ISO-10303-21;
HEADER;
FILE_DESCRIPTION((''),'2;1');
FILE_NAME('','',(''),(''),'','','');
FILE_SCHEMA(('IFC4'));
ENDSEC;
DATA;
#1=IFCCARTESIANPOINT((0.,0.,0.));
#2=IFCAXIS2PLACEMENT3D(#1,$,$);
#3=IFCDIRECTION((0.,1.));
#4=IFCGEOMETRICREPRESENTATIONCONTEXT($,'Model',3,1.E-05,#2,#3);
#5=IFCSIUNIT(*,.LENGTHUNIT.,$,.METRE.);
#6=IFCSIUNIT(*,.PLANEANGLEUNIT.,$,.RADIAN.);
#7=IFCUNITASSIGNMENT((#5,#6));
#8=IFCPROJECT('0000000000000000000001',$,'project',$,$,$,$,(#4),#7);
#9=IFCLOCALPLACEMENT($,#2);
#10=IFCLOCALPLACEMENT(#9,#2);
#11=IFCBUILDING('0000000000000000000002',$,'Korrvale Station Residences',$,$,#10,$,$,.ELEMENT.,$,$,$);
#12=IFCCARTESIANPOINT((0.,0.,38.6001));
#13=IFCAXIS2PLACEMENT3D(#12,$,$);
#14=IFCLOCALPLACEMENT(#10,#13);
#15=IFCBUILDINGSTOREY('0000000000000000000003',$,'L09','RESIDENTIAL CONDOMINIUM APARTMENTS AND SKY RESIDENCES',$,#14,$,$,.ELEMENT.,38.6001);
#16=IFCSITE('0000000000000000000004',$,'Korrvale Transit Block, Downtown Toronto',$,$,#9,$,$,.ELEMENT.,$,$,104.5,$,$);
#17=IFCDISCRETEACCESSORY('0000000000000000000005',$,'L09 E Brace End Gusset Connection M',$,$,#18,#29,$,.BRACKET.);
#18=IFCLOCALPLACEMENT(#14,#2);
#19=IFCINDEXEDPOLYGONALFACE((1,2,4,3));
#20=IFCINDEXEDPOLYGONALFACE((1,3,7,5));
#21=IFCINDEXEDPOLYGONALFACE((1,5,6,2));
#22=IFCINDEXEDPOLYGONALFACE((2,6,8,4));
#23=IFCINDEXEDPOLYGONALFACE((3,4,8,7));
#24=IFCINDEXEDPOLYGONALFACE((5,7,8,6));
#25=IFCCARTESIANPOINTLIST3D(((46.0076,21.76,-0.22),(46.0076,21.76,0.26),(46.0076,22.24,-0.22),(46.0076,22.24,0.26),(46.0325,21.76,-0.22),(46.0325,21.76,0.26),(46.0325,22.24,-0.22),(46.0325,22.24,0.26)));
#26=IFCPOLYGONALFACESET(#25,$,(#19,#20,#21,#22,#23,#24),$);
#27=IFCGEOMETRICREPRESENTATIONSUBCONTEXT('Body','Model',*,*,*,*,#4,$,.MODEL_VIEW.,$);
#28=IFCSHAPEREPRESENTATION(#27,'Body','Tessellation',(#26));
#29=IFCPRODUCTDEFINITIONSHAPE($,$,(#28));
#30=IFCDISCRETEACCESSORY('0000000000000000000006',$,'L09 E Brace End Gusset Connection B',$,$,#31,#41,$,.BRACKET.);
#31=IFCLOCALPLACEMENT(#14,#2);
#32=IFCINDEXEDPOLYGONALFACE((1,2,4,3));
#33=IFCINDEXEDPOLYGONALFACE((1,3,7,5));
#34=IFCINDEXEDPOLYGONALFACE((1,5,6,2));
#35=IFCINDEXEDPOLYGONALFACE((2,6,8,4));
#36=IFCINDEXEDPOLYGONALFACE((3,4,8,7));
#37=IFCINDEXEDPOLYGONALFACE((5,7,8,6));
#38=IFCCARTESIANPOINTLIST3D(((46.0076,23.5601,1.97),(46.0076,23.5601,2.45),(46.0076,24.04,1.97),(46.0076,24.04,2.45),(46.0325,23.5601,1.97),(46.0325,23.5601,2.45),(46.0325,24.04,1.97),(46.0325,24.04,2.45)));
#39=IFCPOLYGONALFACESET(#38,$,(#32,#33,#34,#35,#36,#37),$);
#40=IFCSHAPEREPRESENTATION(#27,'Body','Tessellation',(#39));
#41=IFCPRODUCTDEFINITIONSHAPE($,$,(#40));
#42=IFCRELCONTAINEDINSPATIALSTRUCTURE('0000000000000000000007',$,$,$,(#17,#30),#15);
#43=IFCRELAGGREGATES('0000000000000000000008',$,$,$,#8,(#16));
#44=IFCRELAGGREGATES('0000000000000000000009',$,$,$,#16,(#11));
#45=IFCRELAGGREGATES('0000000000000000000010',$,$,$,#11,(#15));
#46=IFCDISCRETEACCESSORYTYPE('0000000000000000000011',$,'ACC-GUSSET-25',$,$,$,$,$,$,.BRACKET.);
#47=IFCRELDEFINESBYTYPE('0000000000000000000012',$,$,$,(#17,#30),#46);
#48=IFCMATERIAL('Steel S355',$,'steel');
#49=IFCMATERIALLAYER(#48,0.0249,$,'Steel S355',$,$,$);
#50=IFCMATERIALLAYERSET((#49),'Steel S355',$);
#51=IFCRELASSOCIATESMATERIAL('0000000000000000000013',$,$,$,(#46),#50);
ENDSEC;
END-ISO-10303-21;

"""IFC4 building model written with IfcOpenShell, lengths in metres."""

from ifc_helpers import new_model, si_unit, direction, frame, origin, origin_2d, place, context, subcontext, project, spatial, rectangle, extrude, material, layer, layer_set, type_object, element, save


model = new_model("IFC4")

# Units and contexts
model_context = context("Model", 3, precision=1e-05, world=origin(), true_north=direction((0.0, 1.0)))
body_context = subcontext(model_context, "Body", "Model", "MODEL_VIEW")
ifc_project = project(units=[si_unit("LENGTHUNIT", "METRE"), si_unit("PLANEANGLEUNIT", "RADIAN")], contexts=[model_context])

# Site, building, storey
site_placement = place(None, origin())
site = spatial("IfcSite", under=ifc_project, at=site_placement, Name="Korrvale Transit Block, Downtown Toronto", CompositionType="ELEMENT", RefElevation=104.5)
building_placement = place(site_placement, origin())
building = spatial("IfcBuilding", under=site, at=building_placement, Name="Korrvale Station Residences", CompositionType="ELEMENT")
storey_placement = place(building_placement, frame((0.0, 0.0, 38.6001)))
storey = spatial("IfcBuildingStorey", under=building, at=storey_placement, Name="L09", Description="RESIDENTIAL CONDOMINIUM APARTMENTS AND SKY RESIDENCES", CompositionType="ELEMENT", Elevation=38.6001)

# Shared definitions
ifc_material_1 = material(Name="Steel S355", Category="steel")

# Discrete accessories
ifc_layer_1 = layer(ifc_material_1, 0.0249, Name="Steel S355")
ifc_layer_set_1 = layer_set([ifc_layer_1], Name="Steel S355")
discrete_accessory_type = type_object("IfcDiscreteAccessoryType", Name="ACC-GUSSET-25", PredefinedType="BRACKET", material=ifc_layer_set_1)
for number, where, z_axis, x_axis, name in (
    (1, (46.02, 22.0, -0.22), (0.0, 0.0, 1.0), (0.0, 1.0, 0.0), "L09 E Brace End Gusset Connection M"),
    (2, (46.02, 23.8, 1.97), (0.0, 0.0, 1.0), (0.0, 1.0, 0.0), "L09 E Brace End Gusset Connection B"),
):
    element("IfcDiscreteAccessory", number, at=place(storey_placement, frame(where, z_axis=z_axis, x_axis=x_axis)), inside=storey, type_object=discrete_accessory_type, Name=name, PredefinedType="BRACKET", context=body_context, shape_type="SweptSolid", body=[
        extrude(rectangle(XDim=0.48, YDim=0.0249, at=origin_2d()), origin(), (0.0, 0.0, 1.0), 0.48),
    ])

save(model, "model.ifc")
